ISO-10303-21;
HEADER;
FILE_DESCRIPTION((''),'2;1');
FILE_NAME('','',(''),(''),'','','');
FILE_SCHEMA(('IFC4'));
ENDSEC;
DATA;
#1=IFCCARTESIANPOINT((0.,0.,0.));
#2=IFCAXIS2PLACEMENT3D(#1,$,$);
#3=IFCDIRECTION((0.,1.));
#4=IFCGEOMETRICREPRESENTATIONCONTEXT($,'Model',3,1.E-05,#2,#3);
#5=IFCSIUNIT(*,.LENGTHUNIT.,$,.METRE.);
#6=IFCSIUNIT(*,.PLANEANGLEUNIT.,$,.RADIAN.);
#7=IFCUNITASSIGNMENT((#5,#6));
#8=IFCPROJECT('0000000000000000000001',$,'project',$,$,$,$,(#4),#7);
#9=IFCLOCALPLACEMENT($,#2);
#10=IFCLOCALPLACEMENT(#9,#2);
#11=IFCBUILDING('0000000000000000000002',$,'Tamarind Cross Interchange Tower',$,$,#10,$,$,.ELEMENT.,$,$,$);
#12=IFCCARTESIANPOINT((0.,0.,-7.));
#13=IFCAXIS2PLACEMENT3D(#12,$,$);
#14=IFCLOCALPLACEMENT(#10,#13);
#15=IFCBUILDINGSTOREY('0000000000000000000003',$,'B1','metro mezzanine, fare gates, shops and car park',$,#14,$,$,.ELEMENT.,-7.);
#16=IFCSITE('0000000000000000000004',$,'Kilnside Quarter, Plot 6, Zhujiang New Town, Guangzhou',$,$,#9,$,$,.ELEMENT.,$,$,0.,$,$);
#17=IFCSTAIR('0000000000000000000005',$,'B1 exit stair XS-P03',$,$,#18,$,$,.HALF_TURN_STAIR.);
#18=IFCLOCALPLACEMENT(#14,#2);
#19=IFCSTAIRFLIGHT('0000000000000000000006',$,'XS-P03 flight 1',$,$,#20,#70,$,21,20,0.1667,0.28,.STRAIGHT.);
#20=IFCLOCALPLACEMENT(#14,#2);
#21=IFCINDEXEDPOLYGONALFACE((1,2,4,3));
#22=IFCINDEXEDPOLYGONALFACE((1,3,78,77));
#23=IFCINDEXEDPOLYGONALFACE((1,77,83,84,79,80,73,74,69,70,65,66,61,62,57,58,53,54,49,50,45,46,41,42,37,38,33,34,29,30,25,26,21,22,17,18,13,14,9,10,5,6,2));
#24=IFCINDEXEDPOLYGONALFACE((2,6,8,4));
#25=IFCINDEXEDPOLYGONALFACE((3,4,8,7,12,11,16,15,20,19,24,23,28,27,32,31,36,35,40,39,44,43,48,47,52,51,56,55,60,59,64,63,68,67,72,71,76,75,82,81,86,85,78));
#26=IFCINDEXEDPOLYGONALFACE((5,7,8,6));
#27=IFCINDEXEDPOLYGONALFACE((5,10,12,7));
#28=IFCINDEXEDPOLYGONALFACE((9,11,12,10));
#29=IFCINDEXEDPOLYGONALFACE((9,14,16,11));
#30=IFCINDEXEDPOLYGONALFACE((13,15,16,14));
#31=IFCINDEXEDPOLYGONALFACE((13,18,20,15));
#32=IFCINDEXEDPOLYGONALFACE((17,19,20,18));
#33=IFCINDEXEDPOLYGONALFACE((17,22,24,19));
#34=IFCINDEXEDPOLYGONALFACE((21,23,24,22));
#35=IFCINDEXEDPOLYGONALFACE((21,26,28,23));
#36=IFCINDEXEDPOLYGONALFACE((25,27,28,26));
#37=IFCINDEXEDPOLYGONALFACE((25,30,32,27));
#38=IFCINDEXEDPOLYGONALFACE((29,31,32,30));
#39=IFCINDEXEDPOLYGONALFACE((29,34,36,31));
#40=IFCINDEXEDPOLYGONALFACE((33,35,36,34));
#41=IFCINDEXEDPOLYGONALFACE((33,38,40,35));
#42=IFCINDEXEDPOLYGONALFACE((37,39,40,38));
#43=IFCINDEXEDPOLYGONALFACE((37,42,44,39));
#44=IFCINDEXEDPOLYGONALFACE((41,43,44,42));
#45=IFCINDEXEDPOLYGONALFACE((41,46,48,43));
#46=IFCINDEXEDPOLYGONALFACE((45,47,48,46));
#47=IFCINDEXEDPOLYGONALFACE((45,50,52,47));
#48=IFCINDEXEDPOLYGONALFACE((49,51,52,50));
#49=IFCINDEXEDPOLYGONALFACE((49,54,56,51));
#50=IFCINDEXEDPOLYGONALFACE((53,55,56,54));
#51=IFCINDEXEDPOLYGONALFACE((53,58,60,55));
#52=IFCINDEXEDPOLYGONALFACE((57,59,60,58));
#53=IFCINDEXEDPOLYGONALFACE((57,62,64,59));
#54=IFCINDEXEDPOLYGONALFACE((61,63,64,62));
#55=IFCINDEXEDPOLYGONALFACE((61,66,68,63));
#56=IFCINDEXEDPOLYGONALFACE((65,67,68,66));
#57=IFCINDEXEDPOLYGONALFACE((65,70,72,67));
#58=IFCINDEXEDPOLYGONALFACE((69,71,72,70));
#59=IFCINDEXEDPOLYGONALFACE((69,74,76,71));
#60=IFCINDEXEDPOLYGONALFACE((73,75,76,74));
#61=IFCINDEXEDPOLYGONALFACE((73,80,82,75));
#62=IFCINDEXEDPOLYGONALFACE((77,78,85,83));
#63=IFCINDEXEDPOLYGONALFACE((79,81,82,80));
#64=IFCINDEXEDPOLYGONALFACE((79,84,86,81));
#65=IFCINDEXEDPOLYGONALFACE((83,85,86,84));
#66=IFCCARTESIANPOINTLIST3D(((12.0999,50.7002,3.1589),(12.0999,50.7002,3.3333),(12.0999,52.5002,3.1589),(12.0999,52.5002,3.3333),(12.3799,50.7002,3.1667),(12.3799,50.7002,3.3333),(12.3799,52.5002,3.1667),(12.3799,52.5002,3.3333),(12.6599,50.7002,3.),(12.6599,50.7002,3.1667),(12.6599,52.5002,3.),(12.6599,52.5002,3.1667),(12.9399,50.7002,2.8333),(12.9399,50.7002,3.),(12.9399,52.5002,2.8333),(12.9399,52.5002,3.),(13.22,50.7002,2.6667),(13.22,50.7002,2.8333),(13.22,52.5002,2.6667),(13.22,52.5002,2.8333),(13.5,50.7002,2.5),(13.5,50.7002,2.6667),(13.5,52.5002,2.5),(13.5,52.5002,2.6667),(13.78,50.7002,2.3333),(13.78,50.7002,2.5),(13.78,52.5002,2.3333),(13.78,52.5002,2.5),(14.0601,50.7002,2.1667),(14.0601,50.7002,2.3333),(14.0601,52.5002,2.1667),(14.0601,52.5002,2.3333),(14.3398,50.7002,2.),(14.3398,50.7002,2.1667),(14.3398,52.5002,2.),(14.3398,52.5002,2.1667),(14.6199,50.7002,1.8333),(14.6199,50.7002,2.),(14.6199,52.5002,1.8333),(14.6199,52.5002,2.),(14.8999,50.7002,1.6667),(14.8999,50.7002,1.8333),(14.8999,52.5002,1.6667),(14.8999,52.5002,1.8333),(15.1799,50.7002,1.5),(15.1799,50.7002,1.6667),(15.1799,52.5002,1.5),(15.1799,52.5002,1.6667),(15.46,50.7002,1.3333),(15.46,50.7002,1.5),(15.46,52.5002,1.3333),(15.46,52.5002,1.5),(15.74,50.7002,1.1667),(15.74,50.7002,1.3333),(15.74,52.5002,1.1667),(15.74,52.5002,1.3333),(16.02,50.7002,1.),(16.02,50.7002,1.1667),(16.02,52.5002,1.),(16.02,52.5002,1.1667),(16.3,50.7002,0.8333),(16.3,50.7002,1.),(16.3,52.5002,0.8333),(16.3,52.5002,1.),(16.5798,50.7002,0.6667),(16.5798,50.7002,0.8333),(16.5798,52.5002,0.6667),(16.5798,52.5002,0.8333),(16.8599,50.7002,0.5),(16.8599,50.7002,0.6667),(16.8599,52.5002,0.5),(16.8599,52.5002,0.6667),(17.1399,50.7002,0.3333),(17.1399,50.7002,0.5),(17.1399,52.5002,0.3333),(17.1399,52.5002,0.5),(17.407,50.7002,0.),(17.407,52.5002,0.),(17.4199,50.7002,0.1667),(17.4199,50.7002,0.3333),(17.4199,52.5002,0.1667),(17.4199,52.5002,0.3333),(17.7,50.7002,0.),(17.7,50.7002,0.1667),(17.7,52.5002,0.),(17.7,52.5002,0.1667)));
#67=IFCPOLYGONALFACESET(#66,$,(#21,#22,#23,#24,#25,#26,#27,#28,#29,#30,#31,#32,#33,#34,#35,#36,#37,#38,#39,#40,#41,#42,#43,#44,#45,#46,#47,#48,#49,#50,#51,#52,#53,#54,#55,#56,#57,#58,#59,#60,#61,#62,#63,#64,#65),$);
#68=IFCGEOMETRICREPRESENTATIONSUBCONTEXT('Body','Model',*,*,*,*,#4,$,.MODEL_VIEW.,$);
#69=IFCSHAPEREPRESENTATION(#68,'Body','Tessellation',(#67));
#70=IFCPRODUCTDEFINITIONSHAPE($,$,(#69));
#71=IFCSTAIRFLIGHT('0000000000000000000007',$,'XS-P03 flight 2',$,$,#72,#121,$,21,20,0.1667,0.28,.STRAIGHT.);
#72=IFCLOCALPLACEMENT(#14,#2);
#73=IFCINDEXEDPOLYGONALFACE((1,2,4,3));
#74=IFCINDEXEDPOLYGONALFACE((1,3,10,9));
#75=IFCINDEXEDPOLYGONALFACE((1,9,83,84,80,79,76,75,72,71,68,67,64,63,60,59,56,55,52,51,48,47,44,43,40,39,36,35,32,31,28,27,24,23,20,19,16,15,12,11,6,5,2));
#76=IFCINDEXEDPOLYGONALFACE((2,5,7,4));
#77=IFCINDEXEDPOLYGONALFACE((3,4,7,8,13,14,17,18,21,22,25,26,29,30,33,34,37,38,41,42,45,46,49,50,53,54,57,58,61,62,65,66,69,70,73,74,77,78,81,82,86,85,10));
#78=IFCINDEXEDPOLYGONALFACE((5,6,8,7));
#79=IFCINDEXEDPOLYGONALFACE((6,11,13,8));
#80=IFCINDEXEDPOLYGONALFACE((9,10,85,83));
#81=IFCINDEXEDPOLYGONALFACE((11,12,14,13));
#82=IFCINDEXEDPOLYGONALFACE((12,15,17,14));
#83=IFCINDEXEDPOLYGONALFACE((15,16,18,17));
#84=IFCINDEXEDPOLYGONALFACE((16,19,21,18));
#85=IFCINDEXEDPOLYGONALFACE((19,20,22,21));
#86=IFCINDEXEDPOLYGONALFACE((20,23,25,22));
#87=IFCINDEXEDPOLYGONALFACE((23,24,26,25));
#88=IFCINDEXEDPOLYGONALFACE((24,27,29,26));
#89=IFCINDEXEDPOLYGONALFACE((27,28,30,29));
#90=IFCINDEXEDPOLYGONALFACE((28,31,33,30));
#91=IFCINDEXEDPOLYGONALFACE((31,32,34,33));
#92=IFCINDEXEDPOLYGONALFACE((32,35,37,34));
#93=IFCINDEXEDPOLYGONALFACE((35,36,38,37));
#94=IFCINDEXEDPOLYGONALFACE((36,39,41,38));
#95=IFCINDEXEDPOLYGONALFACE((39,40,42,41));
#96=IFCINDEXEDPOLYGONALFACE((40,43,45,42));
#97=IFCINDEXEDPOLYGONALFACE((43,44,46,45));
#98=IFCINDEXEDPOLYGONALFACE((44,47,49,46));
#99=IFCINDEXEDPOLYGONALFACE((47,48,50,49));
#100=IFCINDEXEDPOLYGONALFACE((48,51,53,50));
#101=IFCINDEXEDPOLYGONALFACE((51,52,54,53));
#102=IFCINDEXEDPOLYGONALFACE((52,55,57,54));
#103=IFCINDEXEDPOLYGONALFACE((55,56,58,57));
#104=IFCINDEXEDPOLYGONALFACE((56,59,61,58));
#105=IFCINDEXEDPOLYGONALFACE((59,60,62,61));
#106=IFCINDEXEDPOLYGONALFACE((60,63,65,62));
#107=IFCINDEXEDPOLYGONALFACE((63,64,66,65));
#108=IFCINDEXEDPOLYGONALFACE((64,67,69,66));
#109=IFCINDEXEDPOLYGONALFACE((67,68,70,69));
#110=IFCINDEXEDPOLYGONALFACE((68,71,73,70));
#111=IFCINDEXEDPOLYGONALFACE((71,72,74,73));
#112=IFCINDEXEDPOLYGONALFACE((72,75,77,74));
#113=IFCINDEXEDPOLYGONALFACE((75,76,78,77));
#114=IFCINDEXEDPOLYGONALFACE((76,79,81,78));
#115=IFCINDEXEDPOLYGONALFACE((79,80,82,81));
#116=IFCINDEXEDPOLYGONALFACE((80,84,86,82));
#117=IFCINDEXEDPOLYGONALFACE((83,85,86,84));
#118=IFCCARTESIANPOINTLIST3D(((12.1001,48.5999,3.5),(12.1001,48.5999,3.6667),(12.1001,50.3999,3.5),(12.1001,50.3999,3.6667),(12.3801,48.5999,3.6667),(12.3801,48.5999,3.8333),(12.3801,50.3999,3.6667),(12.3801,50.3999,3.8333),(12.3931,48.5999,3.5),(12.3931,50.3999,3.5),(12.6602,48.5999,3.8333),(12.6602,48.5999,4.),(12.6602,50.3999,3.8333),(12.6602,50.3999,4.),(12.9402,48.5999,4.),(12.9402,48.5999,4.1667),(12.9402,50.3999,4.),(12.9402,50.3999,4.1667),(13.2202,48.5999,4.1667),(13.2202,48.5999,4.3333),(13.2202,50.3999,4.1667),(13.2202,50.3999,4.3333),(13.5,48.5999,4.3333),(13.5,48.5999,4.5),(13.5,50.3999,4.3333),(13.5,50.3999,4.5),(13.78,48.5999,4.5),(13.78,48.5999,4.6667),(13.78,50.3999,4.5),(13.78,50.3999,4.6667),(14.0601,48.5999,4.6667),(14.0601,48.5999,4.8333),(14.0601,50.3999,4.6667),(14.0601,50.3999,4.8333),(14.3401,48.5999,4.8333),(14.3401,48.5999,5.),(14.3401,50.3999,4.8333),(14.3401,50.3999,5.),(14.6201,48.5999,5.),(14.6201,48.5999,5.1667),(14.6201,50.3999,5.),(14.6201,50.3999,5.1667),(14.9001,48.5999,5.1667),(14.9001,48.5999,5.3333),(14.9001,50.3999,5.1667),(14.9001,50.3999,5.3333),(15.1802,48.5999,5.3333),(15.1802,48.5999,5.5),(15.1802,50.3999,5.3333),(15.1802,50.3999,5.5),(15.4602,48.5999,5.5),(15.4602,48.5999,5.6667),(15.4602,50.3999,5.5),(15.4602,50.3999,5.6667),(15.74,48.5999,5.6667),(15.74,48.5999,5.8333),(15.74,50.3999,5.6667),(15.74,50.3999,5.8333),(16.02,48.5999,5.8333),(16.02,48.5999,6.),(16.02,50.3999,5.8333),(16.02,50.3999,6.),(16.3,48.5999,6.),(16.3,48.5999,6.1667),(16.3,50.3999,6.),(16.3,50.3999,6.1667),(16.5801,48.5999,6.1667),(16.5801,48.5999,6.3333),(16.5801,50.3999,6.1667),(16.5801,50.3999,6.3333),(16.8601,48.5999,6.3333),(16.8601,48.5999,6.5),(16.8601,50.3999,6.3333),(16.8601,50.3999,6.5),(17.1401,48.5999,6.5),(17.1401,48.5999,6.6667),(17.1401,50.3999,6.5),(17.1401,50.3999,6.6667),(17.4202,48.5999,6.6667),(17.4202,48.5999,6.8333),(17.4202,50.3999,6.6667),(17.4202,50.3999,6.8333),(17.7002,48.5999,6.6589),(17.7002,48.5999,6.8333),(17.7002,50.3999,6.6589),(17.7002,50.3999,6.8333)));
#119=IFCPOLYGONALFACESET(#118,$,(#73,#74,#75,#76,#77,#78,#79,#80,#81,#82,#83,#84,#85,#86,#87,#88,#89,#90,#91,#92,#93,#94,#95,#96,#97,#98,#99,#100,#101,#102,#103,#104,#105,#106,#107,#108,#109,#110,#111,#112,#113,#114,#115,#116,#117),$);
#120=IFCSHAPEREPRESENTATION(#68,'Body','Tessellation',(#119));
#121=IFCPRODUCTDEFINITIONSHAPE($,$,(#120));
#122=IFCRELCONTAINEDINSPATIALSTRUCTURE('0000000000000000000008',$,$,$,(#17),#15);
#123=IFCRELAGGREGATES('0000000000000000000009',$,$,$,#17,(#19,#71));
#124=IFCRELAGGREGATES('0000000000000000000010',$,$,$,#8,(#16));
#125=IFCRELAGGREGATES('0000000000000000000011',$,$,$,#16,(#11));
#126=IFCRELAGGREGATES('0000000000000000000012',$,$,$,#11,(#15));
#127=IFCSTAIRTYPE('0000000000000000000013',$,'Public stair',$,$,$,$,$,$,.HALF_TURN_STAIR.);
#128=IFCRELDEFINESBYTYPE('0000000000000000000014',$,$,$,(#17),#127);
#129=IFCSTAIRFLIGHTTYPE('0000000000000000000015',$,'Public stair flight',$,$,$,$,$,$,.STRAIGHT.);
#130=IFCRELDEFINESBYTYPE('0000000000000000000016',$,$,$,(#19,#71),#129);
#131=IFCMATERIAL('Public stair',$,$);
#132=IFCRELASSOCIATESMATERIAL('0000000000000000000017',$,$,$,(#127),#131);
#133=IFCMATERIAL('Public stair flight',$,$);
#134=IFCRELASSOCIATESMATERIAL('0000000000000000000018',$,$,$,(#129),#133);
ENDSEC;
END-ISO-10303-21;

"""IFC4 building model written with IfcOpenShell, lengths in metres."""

from ifc_helpers import new_model, si_unit, direction, frame, origin, place, context, subcontext, project, spatial, polyline, outline, extrude, material, type_object, element, aggregate, save


model = new_model("IFC4")

# Units and contexts
model_context = context("Model", 3, precision=1e-05, world=origin(), true_north=direction((0.0, 1.0)))
body_context = subcontext(model_context, "Body", "Model", "MODEL_VIEW")
ifc_project = project(units=[si_unit("LENGTHUNIT", "METRE"), si_unit("PLANEANGLEUNIT", "RADIAN")], contexts=[model_context])

# Site, building, storey
site_placement = place(None, origin())
site = spatial("IfcSite", under=ifc_project, at=site_placement, Name="Kilnside Quarter, Plot 6, Zhujiang New Town, Guangzhou", CompositionType="ELEMENT", RefElevation=0.0)
building_placement = place(site_placement, origin())
building = spatial("IfcBuilding", under=site, at=building_placement, Name="Tamarind Cross Interchange Tower", CompositionType="ELEMENT")
storey_placement = place(building_placement, frame((0.0, 0.0, -7.0)))
storey = spatial("IfcBuildingStorey", under=building, at=storey_placement, Name="B1", Description="metro mezzanine, fare gates, shops and car park", CompositionType="ELEMENT", Elevation=-7.0)

# Shared definitions
ifc_material_1 = material(Name="Public stair")
stair_type = type_object("IfcStairType", Name="Public stair", PredefinedType="HALF_TURN_STAIR", material=ifc_material_1)
ifc_material_2 = material(Name="Public stair flight")
stair_flight_type = type_object("IfcStairFlightType", Name="Public stair flight", PredefinedType="STRAIGHT", material=ifc_material_2)

# Stair, stair flights
stair_1_placement = place(storey_placement, origin())
stair_1 = element("IfcStair", 1, at=stair_1_placement, inside=storey, type_object=stair_type, Name="B1 exit stair XS-P03", PredefinedType="HALF_TURN_STAIR")
stair_flight_1_placement = place(storey_placement, frame((17.7, 51.6001, 0.0), z_axis=(0.0, 0.0, 1.0), x_axis=(-1.0, 0.0, 0.0)))
stair_flight_1 = element("IfcStairFlight", 2, at=stair_flight_1_placement, type_object=stair_flight_type, Name="XS-P03 flight 1", NumberOfRisers=21, NumberOfTreads=20, PredefinedType="STRAIGHT", RiserHeight=0.1667, TreadLength=0.28, context=body_context, shape_type="SweptSolid", body=[
    extrude(outline(polyline([(0.0, 0.0), (0.0, 0.1667), (0.28, 0.1667), (0.28, 0.3333), (0.5601, 0.3333), (0.5601, 0.5), (0.8401, 0.5), (0.8401, 0.6667), (1.1201, 0.6667), (1.1201, 0.8333), (1.3999, 0.8333), (1.3999, 1.0), (1.6799, 1.0), (1.6799, 1.1667), (1.96, 1.1667), (1.96, 1.3333), (2.24, 1.3333), (2.24, 1.5), (2.52, 1.5), (2.52, 1.6667), (2.8, 1.6667), (2.8, 1.8333), (3.0801, 1.8333), (3.0801, 2.0), (3.3601, 2.0), (3.3601, 2.1667), (3.6399, 2.1667), (3.6399, 2.3333), (3.9199, 2.3333), (3.9199, 2.5), (4.2, 2.5), (4.2, 2.6667), (4.48, 2.6667), (4.48, 2.8333), (4.76, 2.8333), (4.76, 3.0), (5.04, 3.0), (5.04, 3.1667), (5.3201, 3.1667), (5.3201, 3.3333), (5.6001, 3.3333), (5.6001, 3.5), (5.6001, 3.1589), (0.293, 0.0), (0.0, 0.0)])), frame((0.0, 0.8999, 0.0), z_axis=(0.0, -1.0, 0.0), x_axis=(1.0, 0.0, 0.0)), (0.0, 0.0, 1.0), 1.8),
])
stair_flight_2_placement = place(storey_placement, frame((12.1001, 49.5, 3.5), z_axis=(0.0, 0.0, 1.0), x_axis=(1.0, 0.0, 0.0)))
stair_flight_2 = element("IfcStairFlight", 3, at=stair_flight_2_placement, type_object=stair_flight_type, Name="XS-P03 flight 2", NumberOfRisers=21, NumberOfTreads=20, PredefinedType="STRAIGHT", RiserHeight=0.1667, TreadLength=0.28, context=body_context, shape_type="SweptSolid", body=[
    extrude(outline(polyline([(0.0, 0.0), (0.0, 0.1667), (0.28, 0.1667), (0.28, 0.3333), (0.5601, 0.3333), (0.5601, 0.5), (0.8401, 0.5), (0.8401, 0.6667), (1.1201, 0.6667), (1.1201, 0.8333), (1.3999, 0.8333), (1.3999, 1.0), (1.6799, 1.0), (1.6799, 1.1667), (1.96, 1.1667), (1.96, 1.3333), (2.24, 1.3333), (2.24, 1.5), (2.52, 1.5), (2.52, 1.6667), (2.8, 1.6667), (2.8, 1.8333), (3.0801, 1.8333), (3.0801, 2.0), (3.3601, 2.0), (3.3601, 2.1667), (3.6399, 2.1667), (3.6399, 2.3333), (3.9199, 2.3333), (3.9199, 2.5), (4.2, 2.5), (4.2, 2.6667), (4.48, 2.6667), (4.48, 2.8333), (4.76, 2.8333), (4.76, 3.0), (5.04, 3.0), (5.04, 3.1667), (5.3201, 3.1667), (5.3201, 3.3333), (5.6001, 3.3333), (5.6001, 3.5), (5.6001, 3.1589), (0.293, 0.0), (0.0, 0.0)])), frame((0.0, 0.8999, 0.0), z_axis=(0.0, -1.0, 0.0), x_axis=(1.0, 0.0, 0.0)), (0.0, 0.0, 1.0), 1.8),
])
aggregate(stair_1, [stair_flight_1, stair_flight_2])

save(model, "model.ifc")
